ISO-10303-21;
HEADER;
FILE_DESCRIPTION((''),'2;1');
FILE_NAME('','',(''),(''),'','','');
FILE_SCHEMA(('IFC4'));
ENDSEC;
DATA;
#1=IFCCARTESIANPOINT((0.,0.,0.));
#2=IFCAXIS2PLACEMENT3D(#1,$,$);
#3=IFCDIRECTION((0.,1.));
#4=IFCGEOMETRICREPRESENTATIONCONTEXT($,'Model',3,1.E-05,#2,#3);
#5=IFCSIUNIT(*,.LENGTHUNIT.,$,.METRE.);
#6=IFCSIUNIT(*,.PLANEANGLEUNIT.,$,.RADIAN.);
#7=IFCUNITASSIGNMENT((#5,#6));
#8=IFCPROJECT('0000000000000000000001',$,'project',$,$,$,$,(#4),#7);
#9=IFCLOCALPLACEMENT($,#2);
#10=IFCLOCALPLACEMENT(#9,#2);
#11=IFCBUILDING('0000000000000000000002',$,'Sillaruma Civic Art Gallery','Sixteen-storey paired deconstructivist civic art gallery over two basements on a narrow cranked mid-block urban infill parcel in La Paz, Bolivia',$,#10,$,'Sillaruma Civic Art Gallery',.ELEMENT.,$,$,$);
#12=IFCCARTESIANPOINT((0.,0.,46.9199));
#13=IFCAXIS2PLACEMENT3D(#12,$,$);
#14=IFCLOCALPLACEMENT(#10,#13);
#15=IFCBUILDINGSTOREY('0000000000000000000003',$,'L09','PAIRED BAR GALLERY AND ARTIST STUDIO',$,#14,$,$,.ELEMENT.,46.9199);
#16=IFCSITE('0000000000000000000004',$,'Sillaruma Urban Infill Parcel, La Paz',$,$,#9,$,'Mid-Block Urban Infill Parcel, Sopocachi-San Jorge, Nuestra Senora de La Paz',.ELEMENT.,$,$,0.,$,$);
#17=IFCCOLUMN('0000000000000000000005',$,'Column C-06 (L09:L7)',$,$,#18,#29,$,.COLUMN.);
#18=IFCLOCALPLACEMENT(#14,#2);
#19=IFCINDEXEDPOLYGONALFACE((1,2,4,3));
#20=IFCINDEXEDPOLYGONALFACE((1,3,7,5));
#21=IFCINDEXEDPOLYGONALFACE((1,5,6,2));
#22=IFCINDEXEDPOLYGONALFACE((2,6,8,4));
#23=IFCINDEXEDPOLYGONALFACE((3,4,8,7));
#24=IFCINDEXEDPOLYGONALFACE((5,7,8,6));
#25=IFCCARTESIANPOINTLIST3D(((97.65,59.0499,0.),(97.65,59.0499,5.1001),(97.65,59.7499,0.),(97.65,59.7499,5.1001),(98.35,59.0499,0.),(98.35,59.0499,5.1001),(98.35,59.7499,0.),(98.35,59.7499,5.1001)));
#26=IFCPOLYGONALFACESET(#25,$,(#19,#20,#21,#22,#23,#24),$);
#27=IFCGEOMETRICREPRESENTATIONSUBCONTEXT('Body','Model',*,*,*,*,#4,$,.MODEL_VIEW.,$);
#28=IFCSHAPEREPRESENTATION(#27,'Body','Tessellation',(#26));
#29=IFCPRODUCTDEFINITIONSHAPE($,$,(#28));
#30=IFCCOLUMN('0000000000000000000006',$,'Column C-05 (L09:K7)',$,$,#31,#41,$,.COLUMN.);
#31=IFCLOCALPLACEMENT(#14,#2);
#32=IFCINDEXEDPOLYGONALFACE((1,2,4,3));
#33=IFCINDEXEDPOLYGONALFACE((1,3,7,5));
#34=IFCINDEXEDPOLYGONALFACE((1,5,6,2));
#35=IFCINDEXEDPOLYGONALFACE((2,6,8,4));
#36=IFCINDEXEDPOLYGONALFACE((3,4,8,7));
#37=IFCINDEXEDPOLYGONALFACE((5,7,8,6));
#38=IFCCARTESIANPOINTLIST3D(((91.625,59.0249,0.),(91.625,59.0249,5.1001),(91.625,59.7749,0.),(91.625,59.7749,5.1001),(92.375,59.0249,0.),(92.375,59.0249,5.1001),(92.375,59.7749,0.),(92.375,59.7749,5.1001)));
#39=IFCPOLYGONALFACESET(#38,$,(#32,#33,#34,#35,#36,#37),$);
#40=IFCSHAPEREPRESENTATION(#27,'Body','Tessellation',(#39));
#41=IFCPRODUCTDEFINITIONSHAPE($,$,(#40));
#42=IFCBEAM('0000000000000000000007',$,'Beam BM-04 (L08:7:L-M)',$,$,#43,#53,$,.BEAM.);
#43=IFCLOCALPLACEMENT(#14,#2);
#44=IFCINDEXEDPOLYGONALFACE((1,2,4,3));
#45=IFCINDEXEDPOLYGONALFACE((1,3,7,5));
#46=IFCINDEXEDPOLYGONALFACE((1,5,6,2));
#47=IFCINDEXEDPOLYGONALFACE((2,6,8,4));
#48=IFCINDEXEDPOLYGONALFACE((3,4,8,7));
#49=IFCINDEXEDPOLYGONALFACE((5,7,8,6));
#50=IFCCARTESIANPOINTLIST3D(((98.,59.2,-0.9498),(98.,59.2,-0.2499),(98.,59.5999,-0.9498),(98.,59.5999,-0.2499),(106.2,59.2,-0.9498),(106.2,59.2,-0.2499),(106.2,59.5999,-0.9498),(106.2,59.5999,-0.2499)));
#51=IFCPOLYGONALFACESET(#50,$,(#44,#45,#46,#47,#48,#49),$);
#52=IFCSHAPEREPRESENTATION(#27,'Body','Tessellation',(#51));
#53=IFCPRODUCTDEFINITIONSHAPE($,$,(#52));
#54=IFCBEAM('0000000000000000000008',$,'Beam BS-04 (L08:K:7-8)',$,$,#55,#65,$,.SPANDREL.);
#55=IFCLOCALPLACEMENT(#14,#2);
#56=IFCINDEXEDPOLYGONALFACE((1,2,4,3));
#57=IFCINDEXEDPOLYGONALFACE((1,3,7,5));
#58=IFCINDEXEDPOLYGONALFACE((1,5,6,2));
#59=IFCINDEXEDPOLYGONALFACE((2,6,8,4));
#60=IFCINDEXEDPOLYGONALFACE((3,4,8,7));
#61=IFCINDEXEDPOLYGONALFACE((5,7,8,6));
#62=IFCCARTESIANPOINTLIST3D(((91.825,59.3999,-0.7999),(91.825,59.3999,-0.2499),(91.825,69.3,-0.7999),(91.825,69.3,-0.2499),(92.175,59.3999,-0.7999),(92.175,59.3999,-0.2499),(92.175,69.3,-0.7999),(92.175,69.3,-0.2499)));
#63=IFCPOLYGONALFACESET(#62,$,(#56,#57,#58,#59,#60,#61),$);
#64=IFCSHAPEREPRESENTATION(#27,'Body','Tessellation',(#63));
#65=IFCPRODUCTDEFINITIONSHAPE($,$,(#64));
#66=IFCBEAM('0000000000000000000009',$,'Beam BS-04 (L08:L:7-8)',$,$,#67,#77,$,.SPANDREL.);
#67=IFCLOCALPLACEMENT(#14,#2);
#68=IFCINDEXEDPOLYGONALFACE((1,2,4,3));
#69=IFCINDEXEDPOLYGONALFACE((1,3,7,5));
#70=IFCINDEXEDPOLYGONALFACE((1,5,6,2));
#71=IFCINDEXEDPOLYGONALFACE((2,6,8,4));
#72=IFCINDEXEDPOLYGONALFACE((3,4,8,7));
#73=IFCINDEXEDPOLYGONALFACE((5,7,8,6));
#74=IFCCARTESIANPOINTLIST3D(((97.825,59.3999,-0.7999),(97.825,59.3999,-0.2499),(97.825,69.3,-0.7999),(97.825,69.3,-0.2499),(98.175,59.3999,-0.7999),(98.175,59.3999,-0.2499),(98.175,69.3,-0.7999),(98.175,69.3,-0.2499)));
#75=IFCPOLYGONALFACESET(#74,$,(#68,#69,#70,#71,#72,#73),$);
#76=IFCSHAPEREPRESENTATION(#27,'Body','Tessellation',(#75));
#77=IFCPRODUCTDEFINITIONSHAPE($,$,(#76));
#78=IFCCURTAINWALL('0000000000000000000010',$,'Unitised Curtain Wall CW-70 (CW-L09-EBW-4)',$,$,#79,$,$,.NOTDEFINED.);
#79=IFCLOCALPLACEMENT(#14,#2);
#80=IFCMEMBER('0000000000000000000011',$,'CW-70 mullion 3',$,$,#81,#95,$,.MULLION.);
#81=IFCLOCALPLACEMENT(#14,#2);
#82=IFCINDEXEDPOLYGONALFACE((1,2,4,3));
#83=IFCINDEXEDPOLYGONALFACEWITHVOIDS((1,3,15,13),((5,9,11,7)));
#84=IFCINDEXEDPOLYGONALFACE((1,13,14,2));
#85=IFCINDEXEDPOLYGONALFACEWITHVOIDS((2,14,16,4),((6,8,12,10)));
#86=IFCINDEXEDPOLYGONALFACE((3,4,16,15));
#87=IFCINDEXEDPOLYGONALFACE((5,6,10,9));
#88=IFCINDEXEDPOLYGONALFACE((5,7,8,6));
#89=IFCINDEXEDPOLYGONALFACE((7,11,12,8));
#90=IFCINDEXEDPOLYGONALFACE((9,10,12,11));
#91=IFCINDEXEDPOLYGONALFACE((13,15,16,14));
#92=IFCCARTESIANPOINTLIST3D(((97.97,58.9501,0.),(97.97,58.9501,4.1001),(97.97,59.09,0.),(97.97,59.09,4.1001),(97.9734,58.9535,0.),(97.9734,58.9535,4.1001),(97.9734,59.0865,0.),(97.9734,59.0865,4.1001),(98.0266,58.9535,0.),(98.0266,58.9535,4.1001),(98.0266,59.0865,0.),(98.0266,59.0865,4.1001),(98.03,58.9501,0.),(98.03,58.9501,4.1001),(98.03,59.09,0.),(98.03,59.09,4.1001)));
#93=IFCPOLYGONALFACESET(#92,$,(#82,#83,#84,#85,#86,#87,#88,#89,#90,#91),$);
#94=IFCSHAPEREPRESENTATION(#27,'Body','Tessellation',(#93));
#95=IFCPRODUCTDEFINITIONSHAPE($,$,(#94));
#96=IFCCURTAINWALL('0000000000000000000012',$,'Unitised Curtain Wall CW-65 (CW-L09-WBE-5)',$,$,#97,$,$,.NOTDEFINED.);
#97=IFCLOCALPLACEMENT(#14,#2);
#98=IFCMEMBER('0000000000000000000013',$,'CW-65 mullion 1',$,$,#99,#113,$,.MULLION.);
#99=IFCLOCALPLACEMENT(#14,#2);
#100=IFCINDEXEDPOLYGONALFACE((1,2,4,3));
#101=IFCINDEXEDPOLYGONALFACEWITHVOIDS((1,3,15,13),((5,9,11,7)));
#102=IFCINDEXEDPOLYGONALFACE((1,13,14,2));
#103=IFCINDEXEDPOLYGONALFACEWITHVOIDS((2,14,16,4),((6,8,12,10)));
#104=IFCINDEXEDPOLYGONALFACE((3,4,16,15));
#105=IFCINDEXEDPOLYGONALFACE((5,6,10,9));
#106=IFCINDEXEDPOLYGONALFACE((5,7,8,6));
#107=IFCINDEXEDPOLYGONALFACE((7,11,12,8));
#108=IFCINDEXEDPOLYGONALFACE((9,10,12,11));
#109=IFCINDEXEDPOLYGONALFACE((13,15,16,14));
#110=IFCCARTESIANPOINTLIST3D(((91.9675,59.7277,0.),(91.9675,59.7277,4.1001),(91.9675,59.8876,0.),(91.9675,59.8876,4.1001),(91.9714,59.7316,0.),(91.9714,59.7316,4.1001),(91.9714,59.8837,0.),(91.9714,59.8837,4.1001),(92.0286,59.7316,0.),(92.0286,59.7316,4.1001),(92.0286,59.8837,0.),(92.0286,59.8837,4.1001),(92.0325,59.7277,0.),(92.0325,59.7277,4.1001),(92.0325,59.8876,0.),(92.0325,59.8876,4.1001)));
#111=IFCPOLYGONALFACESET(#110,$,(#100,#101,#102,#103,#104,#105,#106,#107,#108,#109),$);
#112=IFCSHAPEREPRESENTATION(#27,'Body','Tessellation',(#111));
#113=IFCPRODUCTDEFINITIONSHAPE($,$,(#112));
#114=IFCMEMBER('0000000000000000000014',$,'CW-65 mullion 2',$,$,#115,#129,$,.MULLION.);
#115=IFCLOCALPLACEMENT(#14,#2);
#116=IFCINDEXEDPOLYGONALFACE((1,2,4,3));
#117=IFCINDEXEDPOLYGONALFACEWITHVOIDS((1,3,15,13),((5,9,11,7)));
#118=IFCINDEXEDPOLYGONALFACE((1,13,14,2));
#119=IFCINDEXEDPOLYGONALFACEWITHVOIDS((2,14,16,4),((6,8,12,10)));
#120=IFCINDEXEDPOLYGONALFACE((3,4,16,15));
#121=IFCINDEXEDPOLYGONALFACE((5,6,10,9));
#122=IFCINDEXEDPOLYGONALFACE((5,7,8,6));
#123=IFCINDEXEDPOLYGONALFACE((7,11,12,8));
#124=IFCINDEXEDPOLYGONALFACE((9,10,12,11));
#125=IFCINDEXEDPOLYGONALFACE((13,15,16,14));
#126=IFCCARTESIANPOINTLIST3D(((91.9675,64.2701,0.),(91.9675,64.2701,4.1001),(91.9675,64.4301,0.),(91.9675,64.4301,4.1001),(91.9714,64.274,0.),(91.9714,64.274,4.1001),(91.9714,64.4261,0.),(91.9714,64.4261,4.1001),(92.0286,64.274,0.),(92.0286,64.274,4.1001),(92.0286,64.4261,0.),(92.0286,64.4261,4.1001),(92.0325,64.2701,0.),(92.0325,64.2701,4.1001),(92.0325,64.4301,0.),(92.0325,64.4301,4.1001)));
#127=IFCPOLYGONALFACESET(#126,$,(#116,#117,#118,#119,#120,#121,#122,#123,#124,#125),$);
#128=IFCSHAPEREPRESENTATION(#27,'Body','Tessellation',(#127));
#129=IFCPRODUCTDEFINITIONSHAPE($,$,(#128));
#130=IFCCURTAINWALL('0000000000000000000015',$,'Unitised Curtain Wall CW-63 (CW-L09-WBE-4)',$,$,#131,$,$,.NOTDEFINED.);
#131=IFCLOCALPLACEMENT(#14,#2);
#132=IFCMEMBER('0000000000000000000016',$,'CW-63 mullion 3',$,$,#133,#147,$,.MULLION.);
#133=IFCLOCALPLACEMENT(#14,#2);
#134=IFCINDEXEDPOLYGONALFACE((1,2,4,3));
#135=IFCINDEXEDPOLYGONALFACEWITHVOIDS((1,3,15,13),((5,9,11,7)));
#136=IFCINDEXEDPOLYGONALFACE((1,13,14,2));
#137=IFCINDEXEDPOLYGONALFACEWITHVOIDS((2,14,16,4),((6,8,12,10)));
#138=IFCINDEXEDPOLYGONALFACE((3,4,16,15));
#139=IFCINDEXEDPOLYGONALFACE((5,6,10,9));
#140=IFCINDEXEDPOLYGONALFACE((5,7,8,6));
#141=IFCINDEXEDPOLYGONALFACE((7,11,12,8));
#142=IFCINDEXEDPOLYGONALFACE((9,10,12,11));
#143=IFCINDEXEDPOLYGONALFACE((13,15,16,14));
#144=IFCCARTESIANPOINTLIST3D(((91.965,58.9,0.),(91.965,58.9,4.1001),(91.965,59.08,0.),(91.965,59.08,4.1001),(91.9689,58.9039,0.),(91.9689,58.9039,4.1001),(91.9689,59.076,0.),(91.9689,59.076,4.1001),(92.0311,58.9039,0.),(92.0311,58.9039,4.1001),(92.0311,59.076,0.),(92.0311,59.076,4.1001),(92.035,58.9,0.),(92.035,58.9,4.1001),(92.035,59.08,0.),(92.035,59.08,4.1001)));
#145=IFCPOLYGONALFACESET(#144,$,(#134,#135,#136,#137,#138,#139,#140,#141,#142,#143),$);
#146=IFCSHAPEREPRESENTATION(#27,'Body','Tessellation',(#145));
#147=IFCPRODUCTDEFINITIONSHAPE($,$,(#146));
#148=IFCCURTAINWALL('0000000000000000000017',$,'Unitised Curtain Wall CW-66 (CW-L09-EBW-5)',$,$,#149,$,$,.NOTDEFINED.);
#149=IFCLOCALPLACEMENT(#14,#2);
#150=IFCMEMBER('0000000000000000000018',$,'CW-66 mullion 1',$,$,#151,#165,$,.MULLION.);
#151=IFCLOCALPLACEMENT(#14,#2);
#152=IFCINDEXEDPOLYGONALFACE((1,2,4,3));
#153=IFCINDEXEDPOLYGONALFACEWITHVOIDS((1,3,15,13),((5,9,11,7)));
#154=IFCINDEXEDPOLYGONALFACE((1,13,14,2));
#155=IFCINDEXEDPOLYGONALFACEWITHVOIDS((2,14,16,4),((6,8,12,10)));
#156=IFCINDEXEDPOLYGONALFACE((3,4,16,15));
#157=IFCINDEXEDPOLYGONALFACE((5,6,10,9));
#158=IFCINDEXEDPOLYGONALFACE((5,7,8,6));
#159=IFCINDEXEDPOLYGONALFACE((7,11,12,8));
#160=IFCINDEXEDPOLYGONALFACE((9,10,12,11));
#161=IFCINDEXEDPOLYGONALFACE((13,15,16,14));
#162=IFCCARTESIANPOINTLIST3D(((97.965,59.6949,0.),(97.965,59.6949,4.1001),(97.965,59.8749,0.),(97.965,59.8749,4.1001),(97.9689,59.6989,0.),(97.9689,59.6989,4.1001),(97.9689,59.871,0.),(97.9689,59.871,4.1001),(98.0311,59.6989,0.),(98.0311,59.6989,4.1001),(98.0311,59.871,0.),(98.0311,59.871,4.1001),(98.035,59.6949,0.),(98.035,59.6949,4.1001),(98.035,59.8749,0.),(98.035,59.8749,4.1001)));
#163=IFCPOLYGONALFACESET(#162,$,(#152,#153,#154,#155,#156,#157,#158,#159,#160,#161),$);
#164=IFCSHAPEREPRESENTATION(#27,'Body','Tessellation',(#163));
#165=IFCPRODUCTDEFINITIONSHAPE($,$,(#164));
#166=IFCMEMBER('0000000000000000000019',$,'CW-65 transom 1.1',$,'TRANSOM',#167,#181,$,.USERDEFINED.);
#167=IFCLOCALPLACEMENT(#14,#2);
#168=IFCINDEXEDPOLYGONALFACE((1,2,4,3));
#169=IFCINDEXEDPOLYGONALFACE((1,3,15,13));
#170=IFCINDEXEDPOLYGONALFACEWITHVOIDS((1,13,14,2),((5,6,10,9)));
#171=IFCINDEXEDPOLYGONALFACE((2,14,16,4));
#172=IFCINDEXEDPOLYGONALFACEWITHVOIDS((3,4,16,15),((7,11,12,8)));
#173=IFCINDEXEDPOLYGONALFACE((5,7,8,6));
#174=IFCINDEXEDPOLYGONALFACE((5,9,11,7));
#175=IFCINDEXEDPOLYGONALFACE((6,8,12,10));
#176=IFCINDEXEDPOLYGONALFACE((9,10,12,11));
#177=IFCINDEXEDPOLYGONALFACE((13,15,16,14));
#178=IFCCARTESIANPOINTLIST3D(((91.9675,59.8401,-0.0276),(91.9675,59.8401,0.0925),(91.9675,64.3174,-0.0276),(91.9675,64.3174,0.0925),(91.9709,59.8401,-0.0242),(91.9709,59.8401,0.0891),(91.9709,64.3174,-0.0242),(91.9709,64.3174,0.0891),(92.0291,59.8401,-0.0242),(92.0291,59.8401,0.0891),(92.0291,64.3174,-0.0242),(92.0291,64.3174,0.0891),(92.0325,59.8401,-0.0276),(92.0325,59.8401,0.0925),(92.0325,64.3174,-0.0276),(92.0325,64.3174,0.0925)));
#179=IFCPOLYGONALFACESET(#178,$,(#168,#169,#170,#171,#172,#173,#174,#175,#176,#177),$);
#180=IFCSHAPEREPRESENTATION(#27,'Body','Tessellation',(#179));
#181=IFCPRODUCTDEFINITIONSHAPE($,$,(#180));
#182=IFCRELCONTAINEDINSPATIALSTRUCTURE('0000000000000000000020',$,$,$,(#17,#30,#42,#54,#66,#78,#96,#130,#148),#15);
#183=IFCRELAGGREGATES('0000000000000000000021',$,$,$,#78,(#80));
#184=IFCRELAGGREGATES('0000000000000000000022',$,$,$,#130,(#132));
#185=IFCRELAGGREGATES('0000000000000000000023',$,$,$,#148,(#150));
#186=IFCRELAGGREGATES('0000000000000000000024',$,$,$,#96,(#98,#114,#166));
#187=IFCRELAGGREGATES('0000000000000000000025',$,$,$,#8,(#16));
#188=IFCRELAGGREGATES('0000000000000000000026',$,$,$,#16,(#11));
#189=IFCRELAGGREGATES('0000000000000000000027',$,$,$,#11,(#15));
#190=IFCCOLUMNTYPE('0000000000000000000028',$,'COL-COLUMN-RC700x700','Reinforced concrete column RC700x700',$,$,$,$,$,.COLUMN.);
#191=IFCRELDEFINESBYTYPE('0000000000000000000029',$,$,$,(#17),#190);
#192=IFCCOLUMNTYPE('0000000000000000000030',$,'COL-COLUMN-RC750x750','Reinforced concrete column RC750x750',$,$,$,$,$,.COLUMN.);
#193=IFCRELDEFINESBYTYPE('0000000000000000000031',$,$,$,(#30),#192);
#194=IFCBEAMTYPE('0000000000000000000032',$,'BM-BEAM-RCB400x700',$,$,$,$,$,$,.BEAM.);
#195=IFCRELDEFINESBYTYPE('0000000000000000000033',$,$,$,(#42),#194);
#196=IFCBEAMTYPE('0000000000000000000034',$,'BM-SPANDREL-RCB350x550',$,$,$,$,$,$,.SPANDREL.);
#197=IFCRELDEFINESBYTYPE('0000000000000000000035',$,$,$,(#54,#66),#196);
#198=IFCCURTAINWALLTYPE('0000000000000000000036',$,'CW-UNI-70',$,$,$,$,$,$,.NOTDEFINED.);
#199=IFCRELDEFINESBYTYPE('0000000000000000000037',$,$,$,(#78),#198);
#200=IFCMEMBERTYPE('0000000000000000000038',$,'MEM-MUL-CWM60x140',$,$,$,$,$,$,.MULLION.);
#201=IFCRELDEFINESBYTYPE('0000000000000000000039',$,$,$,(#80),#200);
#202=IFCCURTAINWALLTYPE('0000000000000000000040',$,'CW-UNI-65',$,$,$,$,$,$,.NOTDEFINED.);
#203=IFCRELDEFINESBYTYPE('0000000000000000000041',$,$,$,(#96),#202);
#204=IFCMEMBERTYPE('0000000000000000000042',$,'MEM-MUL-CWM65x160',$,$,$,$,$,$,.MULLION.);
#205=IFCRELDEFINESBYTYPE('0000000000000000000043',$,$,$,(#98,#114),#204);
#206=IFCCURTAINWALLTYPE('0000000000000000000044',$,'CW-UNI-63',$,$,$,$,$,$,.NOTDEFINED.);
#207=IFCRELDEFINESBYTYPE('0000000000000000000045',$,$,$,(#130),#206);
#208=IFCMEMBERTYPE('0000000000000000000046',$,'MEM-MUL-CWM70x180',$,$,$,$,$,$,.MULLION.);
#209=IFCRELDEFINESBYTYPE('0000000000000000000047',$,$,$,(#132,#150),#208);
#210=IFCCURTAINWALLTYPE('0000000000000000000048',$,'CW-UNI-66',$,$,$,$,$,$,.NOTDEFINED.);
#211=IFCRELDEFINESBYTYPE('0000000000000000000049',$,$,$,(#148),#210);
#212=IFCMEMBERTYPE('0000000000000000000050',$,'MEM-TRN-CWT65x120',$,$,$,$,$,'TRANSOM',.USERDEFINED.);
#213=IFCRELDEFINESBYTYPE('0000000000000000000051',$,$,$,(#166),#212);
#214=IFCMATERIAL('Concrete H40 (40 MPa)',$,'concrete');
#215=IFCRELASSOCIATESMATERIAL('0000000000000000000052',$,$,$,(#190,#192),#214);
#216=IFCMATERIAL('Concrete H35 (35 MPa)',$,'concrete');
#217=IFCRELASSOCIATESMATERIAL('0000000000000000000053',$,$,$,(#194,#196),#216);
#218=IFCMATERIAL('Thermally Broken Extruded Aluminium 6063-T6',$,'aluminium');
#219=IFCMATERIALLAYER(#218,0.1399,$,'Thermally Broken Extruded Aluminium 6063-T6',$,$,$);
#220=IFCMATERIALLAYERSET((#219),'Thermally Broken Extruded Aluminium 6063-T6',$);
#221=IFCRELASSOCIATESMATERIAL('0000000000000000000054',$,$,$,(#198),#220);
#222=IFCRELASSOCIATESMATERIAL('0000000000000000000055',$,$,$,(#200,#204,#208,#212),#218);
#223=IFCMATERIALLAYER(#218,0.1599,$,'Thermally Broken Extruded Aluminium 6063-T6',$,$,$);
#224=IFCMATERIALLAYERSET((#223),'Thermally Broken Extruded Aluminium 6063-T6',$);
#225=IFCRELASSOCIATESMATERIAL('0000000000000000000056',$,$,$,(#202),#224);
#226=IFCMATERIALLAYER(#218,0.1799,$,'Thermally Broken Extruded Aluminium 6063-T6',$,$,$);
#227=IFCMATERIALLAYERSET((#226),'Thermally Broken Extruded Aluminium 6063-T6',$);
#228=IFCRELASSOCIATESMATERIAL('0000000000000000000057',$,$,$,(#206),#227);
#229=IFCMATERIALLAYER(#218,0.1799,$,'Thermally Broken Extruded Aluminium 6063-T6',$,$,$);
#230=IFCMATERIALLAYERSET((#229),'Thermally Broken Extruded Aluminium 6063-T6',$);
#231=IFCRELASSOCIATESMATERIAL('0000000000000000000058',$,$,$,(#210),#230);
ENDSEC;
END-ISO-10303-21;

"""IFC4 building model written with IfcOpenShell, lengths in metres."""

from ifc_helpers import new_model, si_unit, direction, frame, origin, origin_2d, place, context, subcontext, project, spatial, rectangle, hollow_rectangle, extrude, material, layer, layer_set, material_profile, profile_set, type_object, element, aggregate, save


model = new_model("IFC4")

# Units and contexts
model_context = context("Model", 3, precision=1e-05, world=origin(), true_north=direction((0.0, 1.0)))
body_context = subcontext(model_context, "Body", "Model", "MODEL_VIEW")
ifc_project = project(units=[si_unit("LENGTHUNIT", "METRE"), si_unit("PLANEANGLEUNIT", "RADIAN")], contexts=[model_context])

# Site, building, storey
site_placement = place(None, origin())
site = spatial("IfcSite", under=ifc_project, at=site_placement, Name="Sillaruma Urban Infill Parcel, La Paz", LongName="Mid-Block Urban Infill Parcel, Sopocachi-San Jorge, Nuestra Senora de La Paz", CompositionType="ELEMENT", RefElevation=0.0)
building_placement = place(site_placement, origin())
building = spatial("IfcBuilding", under=site, at=building_placement, Name="Sillaruma Civic Art Gallery", Description="Sixteen-storey paired deconstructivist civic art gallery over two basements on a narrow cranked mid-block urban infill parcel in La Paz, Bolivia", LongName="Sillaruma Civic Art Gallery", CompositionType="ELEMENT")
storey_placement = place(building_placement, frame((0.0, 0.0, 46.9199)))
storey = spatial("IfcBuildingStorey", under=building, at=storey_placement, Name="L09", Description="PAIRED BAR GALLERY AND ARTIST STUDIO", CompositionType="ELEMENT", Elevation=46.9199)

# Columns
ifc_material_1 = material(Name="Concrete H40 (40 MPa)", Category="concrete")
ifc_material_profile_1 = material_profile(ifc_material_1, rectangle(XDim=0.7, YDim=0.7, at=origin_2d()), Name="RC700x700")
ifc_profile_set_1 = profile_set([ifc_material_profile_1], Name="Concrete H40 (40 MPa)")
column_type_1 = type_object("IfcColumnType", Name="COL-COLUMN-RC700x700", Description="Reinforced concrete column RC700x700", PredefinedType="COLUMN", material=ifc_profile_set_1)
column_1_placement = place(storey_placement, frame((98.0, 59.3999, 0.0), z_axis=(0.0, 0.0, 1.0), x_axis=(1.0, 0.0, 0.0)))
element("IfcColumn", 1, at=column_1_placement, inside=storey, type_object=column_type_1, Name="Column C-06 (L09:L7)", PredefinedType="COLUMN", context=body_context, shape_type="SweptSolid", body=[
    extrude(rectangle(XDim=0.7, YDim=0.7, at=origin_2d()), origin(), (0.0, 0.0, 1.0), 5.1001),
])
ifc_material_profile_2 = material_profile(ifc_material_1, rectangle(XDim=0.75, YDim=0.75, at=origin_2d()), Name="RC750x750")
ifc_profile_set_2 = profile_set([ifc_material_profile_2], Name="Concrete H40 (40 MPa)")
column_type_2 = type_object("IfcColumnType", Name="COL-COLUMN-RC750x750", Description="Reinforced concrete column RC750x750", PredefinedType="COLUMN", material=ifc_profile_set_2)
column_2_placement = place(storey_placement, frame((92.0, 59.3999, 0.0), z_axis=(0.0, 0.0, 1.0), x_axis=(1.0, 0.0, 0.0)))
element("IfcColumn", 2, at=column_2_placement, inside=storey, type_object=column_type_2, Name="Column C-05 (L09:K7)", PredefinedType="COLUMN", context=body_context, shape_type="SweptSolid", body=[
    extrude(rectangle(XDim=0.75, YDim=0.75, at=origin_2d()), origin(), (0.0, 0.0, 1.0), 5.1001),
])

# Beams
ifc_material_2 = material(Name="Concrete H35 (35 MPa)", Category="concrete")
ifc_material_profile_3 = material_profile(ifc_material_2, rectangle(XDim=0.3999, YDim=0.7, at=origin_2d()), Name="RCB400x700")
ifc_profile_set_3 = profile_set([ifc_material_profile_3], Name="Concrete H35 (35 MPa)")
beam_type_1 = type_object("IfcBeamType", Name="BM-BEAM-RCB400x700", PredefinedType="BEAM", material=ifc_profile_set_3)
beam_placement = place(storey_placement, frame((98.0, 59.3999, -0.5999), z_axis=(1.0, 0.0, 0.0), x_axis=(0.0, 1.0, 0.0)))
element("IfcBeam", 3, at=beam_placement, inside=storey, type_object=beam_type_1, Name="Beam BM-04 (L08:7:L-M)", PredefinedType="BEAM", context=body_context, shape_type="SweptSolid", body=[
    extrude(rectangle(XDim=0.3999, YDim=0.7, at=origin_2d()), origin(), (0.0, 0.0, 1.0), 8.2),
])
ifc_material_profile_4 = material_profile(ifc_material_2, rectangle(XDim=0.3501, YDim=0.55, at=origin_2d()), Name="RCB350x550")
ifc_profile_set_4 = profile_set([ifc_material_profile_4], Name="Concrete H35 (35 MPa)")
beam_type_2 = type_object("IfcBeamType", Name="BM-SPANDREL-RCB350x550", PredefinedType="SPANDREL", material=ifc_profile_set_4)
for number, where, z_axis, x_axis, name in (
    (4, (92.0, 59.3999, -0.5249), (0.0, 1.0, 0.0), (-1.0, 0.0, 0.0), "Beam BS-04 (L08:K:7-8)"),
    (5, (98.0, 59.3999, -0.5249), (0.0, 1.0, 0.0), (-1.0, 0.0, 0.0), "Beam BS-04 (L08:L:7-8)"),
):
    element("IfcBeam", number, at=place(storey_placement, frame(where, z_axis=z_axis, x_axis=x_axis)), inside=storey, type_object=beam_type_2, Name=name, PredefinedType="SPANDREL", context=body_context, shape_type="SweptSolid", body=[
        extrude(rectangle(XDim=0.3501, YDim=0.55, at=origin_2d()), origin(), (0.0, 0.0, 1.0), 9.9001),
    ])

# Curtain wall, member
ifc_material_3 = material(Name="Thermally Broken Extruded Aluminium 6063-T6", Category="aluminium")
ifc_layer_1 = layer(ifc_material_3, 0.1399, Name="Thermally Broken Extruded Aluminium 6063-T6")
ifc_layer_set_1 = layer_set([ifc_layer_1], Name="Thermally Broken Extruded Aluminium 6063-T6")
curtain_wall_type_1 = type_object("IfcCurtainWallType", Name="CW-UNI-70", PredefinedType="NOTDEFINED", material=ifc_layer_set_1)
curtain_wall_1_placement = place(storey_placement, origin())
curtain_wall_1 = element("IfcCurtainWall", 6, at=curtain_wall_1_placement, inside=storey, type_object=curtain_wall_type_1, Name="Unitised Curtain Wall CW-70 (CW-L09-EBW-4)", PredefinedType="NOTDEFINED")
ifc_material_profile_5 = material_profile(ifc_material_3, hollow_rectangle(XDim=0.0601, YDim=0.1399, WallThickness=0.0034, at=origin_2d()), Name="CWM60x140")
ifc_profile_set_5 = profile_set([ifc_material_profile_5], Name="Thermally Broken Extruded Aluminium 6063-T6")
member_type_1 = type_object("IfcMemberType", Name="MEM-MUL-CWM60x140", PredefinedType="MULLION", material=ifc_profile_set_5)
member_1_placement = place(storey_placement, frame((98.0, 59.02, 0.0), z_axis=(0.0, 0.0, 1.0), x_axis=(-1.0, 0.0, 0.0)))
member_1 = element("IfcMember", 7, at=member_1_placement, type_object=member_type_1, Name="CW-70 mullion 3", PredefinedType="MULLION", context=body_context, shape_type="SweptSolid", body=[
    extrude(hollow_rectangle(XDim=0.0601, YDim=0.1399, WallThickness=0.0034, at=origin_2d()), origin(), (0.0, 0.0, 1.0), 4.1001),
])
aggregate(curtain_wall_1, [member_1])

# Curtain wall, members
ifc_layer_2 = layer(ifc_material_3, 0.1599, Name="Thermally Broken Extruded Aluminium 6063-T6")
ifc_layer_set_2 = layer_set([ifc_layer_2], Name="Thermally Broken Extruded Aluminium 6063-T6")
curtain_wall_type_2 = type_object("IfcCurtainWallType", Name="CW-UNI-65", PredefinedType="NOTDEFINED", material=ifc_layer_set_2)
curtain_wall_2_placement = place(storey_placement, origin())
curtain_wall_2 = element("IfcCurtainWall", 8, at=curtain_wall_2_placement, inside=storey, type_object=curtain_wall_type_2, Name="Unitised Curtain Wall CW-65 (CW-L09-WBE-5)", PredefinedType="NOTDEFINED")
ifc_material_profile_6 = material_profile(ifc_material_3, hollow_rectangle(XDim=0.0649, YDim=0.1599, WallThickness=0.0039, at=origin_2d()), Name="CWM65x160")
ifc_profile_set_6 = profile_set([ifc_material_profile_6], Name="Thermally Broken Extruded Aluminium 6063-T6")
member_type_2 = type_object("IfcMemberType", Name="MEM-MUL-CWM65x160", PredefinedType="MULLION", material=ifc_profile_set_6)
member_2_placement = place(storey_placement, frame((92.0, 59.8076, 0.0), z_axis=(0.0, 0.0, 1.0), x_axis=(-1.0, 0.0, 0.0)))
member_2 = element("IfcMember", 9, at=member_2_placement, type_object=member_type_2, Name="CW-65 mullion 1", PredefinedType="MULLION", context=body_context, shape_type="SweptSolid", body=[
    extrude(hollow_rectangle(XDim=0.0649, YDim=0.1599, WallThickness=0.0039, at=origin_2d()), origin(), (0.0, 0.0, 1.0), 4.1001),
])
member_3_placement = place(storey_placement, frame((92.0, 64.3501, 0.0), z_axis=(0.0, 0.0, 1.0), x_axis=(-1.0, 0.0, 0.0)))
member_3 = element("IfcMember", 10, at=member_3_placement, type_object=member_type_2, Name="CW-65 mullion 2", PredefinedType="MULLION", context=body_context, shape_type="SweptSolid", body=[
    extrude(hollow_rectangle(XDim=0.0649, YDim=0.1599, WallThickness=0.0039, at=origin_2d()), origin(), (0.0, 0.0, 1.0), 4.1001),
])

# Curtain walls, members
ifc_layer_3 = layer(ifc_material_3, 0.1799, Name="Thermally Broken Extruded Aluminium 6063-T6")
ifc_layer_set_3 = layer_set([ifc_layer_3], Name="Thermally Broken Extruded Aluminium 6063-T6")
curtain_wall_type_3 = type_object("IfcCurtainWallType", Name="CW-UNI-63", PredefinedType="NOTDEFINED", material=ifc_layer_set_3)
curtain_wall_3_placement = place(storey_placement, origin())
curtain_wall_3 = element("IfcCurtainWall", 11, at=curtain_wall_3_placement, inside=storey, type_object=curtain_wall_type_3, Name="Unitised Curtain Wall CW-63 (CW-L09-WBE-4)", PredefinedType="NOTDEFINED")
ifc_material_profile_7 = material_profile(ifc_material_3, hollow_rectangle(XDim=0.0701, YDim=0.1799, WallThickness=0.0039, at=origin_2d()), Name="CWM70x180")
ifc_profile_set_7 = profile_set([ifc_material_profile_7], Name="Thermally Broken Extruded Aluminium 6063-T6")
member_type_3 = type_object("IfcMemberType", Name="MEM-MUL-CWM70x180", PredefinedType="MULLION", material=ifc_profile_set_7)
member_4_placement = place(storey_placement, frame((92.0, 58.99, 0.0), z_axis=(0.0, 0.0, 1.0), x_axis=(-1.0, 0.0, 0.0)))
member_4 = element("IfcMember", 12, at=member_4_placement, type_object=member_type_3, Name="CW-63 mullion 3", PredefinedType="MULLION", context=body_context, shape_type="SweptSolid", body=[
    extrude(hollow_rectangle(XDim=0.0701, YDim=0.1799, WallThickness=0.0039, at=origin_2d()), origin(), (0.0, 0.0, 1.0), 4.1001),
])
aggregate(curtain_wall_3, [member_4])
ifc_layer_4 = layer(ifc_material_3, 0.1799, Name="Thermally Broken Extruded Aluminium 6063-T6")
ifc_layer_set_4 = layer_set([ifc_layer_4], Name="Thermally Broken Extruded Aluminium 6063-T6")
curtain_wall_type_4 = type_object("IfcCurtainWallType", Name="CW-UNI-66", PredefinedType="NOTDEFINED", material=ifc_layer_set_4)
curtain_wall_4_placement = place(storey_placement, origin())
curtain_wall_4 = element("IfcCurtainWall", 13, at=curtain_wall_4_placement, inside=storey, type_object=curtain_wall_type_4, Name="Unitised Curtain Wall CW-66 (CW-L09-EBW-5)", PredefinedType="NOTDEFINED")
member_5_placement = place(storey_placement, frame((98.0, 59.7849, 0.0), z_axis=(0.0, 0.0, 1.0), x_axis=(-1.0, 0.0, 0.0)))
member_5 = element("IfcMember", 14, at=member_5_placement, type_object=member_type_3, Name="CW-66 mullion 1", PredefinedType="MULLION", context=body_context, shape_type="SweptSolid", body=[
    extrude(hollow_rectangle(XDim=0.0701, YDim=0.1799, WallThickness=0.0039, at=origin_2d()), origin(), (0.0, 0.0, 1.0), 4.1001),
])

# Member
ifc_material_profile_8 = material_profile(ifc_material_3, hollow_rectangle(XDim=0.0649, YDim=0.1201, WallThickness=0.0034, at=origin_2d()), Name="CWT65x120")
ifc_profile_set_8 = profile_set([ifc_material_profile_8], Name="Thermally Broken Extruded Aluminium 6063-T6")
member_type_4 = type_object("IfcMemberType", Name="MEM-TRN-CWT65x120", ElementType="TRANSOM", PredefinedType="USERDEFINED", material=ifc_profile_set_8)
member_6_placement = place(storey_placement, frame((92.0, 59.8401, 0.0325), z_axis=(0.0, 1.0, 0.0), x_axis=(-1.0, 0.0, 0.0)))
member_6 = element("IfcMember", 15, at=member_6_placement, type_object=member_type_4, Name="CW-65 transom 1.1", ObjectType="TRANSOM", PredefinedType="USERDEFINED", context=body_context, shape_type="SweptSolid", body=[
    extrude(hollow_rectangle(XDim=0.0649, YDim=0.1201, WallThickness=0.0034, at=origin_2d()), origin(), (0.0, 0.0, 1.0), 4.4773),
])
aggregate(curtain_wall_4, [member_5])

aggregate(curtain_wall_2, [member_2, member_3, member_6])

save(model, "model.ifc")
